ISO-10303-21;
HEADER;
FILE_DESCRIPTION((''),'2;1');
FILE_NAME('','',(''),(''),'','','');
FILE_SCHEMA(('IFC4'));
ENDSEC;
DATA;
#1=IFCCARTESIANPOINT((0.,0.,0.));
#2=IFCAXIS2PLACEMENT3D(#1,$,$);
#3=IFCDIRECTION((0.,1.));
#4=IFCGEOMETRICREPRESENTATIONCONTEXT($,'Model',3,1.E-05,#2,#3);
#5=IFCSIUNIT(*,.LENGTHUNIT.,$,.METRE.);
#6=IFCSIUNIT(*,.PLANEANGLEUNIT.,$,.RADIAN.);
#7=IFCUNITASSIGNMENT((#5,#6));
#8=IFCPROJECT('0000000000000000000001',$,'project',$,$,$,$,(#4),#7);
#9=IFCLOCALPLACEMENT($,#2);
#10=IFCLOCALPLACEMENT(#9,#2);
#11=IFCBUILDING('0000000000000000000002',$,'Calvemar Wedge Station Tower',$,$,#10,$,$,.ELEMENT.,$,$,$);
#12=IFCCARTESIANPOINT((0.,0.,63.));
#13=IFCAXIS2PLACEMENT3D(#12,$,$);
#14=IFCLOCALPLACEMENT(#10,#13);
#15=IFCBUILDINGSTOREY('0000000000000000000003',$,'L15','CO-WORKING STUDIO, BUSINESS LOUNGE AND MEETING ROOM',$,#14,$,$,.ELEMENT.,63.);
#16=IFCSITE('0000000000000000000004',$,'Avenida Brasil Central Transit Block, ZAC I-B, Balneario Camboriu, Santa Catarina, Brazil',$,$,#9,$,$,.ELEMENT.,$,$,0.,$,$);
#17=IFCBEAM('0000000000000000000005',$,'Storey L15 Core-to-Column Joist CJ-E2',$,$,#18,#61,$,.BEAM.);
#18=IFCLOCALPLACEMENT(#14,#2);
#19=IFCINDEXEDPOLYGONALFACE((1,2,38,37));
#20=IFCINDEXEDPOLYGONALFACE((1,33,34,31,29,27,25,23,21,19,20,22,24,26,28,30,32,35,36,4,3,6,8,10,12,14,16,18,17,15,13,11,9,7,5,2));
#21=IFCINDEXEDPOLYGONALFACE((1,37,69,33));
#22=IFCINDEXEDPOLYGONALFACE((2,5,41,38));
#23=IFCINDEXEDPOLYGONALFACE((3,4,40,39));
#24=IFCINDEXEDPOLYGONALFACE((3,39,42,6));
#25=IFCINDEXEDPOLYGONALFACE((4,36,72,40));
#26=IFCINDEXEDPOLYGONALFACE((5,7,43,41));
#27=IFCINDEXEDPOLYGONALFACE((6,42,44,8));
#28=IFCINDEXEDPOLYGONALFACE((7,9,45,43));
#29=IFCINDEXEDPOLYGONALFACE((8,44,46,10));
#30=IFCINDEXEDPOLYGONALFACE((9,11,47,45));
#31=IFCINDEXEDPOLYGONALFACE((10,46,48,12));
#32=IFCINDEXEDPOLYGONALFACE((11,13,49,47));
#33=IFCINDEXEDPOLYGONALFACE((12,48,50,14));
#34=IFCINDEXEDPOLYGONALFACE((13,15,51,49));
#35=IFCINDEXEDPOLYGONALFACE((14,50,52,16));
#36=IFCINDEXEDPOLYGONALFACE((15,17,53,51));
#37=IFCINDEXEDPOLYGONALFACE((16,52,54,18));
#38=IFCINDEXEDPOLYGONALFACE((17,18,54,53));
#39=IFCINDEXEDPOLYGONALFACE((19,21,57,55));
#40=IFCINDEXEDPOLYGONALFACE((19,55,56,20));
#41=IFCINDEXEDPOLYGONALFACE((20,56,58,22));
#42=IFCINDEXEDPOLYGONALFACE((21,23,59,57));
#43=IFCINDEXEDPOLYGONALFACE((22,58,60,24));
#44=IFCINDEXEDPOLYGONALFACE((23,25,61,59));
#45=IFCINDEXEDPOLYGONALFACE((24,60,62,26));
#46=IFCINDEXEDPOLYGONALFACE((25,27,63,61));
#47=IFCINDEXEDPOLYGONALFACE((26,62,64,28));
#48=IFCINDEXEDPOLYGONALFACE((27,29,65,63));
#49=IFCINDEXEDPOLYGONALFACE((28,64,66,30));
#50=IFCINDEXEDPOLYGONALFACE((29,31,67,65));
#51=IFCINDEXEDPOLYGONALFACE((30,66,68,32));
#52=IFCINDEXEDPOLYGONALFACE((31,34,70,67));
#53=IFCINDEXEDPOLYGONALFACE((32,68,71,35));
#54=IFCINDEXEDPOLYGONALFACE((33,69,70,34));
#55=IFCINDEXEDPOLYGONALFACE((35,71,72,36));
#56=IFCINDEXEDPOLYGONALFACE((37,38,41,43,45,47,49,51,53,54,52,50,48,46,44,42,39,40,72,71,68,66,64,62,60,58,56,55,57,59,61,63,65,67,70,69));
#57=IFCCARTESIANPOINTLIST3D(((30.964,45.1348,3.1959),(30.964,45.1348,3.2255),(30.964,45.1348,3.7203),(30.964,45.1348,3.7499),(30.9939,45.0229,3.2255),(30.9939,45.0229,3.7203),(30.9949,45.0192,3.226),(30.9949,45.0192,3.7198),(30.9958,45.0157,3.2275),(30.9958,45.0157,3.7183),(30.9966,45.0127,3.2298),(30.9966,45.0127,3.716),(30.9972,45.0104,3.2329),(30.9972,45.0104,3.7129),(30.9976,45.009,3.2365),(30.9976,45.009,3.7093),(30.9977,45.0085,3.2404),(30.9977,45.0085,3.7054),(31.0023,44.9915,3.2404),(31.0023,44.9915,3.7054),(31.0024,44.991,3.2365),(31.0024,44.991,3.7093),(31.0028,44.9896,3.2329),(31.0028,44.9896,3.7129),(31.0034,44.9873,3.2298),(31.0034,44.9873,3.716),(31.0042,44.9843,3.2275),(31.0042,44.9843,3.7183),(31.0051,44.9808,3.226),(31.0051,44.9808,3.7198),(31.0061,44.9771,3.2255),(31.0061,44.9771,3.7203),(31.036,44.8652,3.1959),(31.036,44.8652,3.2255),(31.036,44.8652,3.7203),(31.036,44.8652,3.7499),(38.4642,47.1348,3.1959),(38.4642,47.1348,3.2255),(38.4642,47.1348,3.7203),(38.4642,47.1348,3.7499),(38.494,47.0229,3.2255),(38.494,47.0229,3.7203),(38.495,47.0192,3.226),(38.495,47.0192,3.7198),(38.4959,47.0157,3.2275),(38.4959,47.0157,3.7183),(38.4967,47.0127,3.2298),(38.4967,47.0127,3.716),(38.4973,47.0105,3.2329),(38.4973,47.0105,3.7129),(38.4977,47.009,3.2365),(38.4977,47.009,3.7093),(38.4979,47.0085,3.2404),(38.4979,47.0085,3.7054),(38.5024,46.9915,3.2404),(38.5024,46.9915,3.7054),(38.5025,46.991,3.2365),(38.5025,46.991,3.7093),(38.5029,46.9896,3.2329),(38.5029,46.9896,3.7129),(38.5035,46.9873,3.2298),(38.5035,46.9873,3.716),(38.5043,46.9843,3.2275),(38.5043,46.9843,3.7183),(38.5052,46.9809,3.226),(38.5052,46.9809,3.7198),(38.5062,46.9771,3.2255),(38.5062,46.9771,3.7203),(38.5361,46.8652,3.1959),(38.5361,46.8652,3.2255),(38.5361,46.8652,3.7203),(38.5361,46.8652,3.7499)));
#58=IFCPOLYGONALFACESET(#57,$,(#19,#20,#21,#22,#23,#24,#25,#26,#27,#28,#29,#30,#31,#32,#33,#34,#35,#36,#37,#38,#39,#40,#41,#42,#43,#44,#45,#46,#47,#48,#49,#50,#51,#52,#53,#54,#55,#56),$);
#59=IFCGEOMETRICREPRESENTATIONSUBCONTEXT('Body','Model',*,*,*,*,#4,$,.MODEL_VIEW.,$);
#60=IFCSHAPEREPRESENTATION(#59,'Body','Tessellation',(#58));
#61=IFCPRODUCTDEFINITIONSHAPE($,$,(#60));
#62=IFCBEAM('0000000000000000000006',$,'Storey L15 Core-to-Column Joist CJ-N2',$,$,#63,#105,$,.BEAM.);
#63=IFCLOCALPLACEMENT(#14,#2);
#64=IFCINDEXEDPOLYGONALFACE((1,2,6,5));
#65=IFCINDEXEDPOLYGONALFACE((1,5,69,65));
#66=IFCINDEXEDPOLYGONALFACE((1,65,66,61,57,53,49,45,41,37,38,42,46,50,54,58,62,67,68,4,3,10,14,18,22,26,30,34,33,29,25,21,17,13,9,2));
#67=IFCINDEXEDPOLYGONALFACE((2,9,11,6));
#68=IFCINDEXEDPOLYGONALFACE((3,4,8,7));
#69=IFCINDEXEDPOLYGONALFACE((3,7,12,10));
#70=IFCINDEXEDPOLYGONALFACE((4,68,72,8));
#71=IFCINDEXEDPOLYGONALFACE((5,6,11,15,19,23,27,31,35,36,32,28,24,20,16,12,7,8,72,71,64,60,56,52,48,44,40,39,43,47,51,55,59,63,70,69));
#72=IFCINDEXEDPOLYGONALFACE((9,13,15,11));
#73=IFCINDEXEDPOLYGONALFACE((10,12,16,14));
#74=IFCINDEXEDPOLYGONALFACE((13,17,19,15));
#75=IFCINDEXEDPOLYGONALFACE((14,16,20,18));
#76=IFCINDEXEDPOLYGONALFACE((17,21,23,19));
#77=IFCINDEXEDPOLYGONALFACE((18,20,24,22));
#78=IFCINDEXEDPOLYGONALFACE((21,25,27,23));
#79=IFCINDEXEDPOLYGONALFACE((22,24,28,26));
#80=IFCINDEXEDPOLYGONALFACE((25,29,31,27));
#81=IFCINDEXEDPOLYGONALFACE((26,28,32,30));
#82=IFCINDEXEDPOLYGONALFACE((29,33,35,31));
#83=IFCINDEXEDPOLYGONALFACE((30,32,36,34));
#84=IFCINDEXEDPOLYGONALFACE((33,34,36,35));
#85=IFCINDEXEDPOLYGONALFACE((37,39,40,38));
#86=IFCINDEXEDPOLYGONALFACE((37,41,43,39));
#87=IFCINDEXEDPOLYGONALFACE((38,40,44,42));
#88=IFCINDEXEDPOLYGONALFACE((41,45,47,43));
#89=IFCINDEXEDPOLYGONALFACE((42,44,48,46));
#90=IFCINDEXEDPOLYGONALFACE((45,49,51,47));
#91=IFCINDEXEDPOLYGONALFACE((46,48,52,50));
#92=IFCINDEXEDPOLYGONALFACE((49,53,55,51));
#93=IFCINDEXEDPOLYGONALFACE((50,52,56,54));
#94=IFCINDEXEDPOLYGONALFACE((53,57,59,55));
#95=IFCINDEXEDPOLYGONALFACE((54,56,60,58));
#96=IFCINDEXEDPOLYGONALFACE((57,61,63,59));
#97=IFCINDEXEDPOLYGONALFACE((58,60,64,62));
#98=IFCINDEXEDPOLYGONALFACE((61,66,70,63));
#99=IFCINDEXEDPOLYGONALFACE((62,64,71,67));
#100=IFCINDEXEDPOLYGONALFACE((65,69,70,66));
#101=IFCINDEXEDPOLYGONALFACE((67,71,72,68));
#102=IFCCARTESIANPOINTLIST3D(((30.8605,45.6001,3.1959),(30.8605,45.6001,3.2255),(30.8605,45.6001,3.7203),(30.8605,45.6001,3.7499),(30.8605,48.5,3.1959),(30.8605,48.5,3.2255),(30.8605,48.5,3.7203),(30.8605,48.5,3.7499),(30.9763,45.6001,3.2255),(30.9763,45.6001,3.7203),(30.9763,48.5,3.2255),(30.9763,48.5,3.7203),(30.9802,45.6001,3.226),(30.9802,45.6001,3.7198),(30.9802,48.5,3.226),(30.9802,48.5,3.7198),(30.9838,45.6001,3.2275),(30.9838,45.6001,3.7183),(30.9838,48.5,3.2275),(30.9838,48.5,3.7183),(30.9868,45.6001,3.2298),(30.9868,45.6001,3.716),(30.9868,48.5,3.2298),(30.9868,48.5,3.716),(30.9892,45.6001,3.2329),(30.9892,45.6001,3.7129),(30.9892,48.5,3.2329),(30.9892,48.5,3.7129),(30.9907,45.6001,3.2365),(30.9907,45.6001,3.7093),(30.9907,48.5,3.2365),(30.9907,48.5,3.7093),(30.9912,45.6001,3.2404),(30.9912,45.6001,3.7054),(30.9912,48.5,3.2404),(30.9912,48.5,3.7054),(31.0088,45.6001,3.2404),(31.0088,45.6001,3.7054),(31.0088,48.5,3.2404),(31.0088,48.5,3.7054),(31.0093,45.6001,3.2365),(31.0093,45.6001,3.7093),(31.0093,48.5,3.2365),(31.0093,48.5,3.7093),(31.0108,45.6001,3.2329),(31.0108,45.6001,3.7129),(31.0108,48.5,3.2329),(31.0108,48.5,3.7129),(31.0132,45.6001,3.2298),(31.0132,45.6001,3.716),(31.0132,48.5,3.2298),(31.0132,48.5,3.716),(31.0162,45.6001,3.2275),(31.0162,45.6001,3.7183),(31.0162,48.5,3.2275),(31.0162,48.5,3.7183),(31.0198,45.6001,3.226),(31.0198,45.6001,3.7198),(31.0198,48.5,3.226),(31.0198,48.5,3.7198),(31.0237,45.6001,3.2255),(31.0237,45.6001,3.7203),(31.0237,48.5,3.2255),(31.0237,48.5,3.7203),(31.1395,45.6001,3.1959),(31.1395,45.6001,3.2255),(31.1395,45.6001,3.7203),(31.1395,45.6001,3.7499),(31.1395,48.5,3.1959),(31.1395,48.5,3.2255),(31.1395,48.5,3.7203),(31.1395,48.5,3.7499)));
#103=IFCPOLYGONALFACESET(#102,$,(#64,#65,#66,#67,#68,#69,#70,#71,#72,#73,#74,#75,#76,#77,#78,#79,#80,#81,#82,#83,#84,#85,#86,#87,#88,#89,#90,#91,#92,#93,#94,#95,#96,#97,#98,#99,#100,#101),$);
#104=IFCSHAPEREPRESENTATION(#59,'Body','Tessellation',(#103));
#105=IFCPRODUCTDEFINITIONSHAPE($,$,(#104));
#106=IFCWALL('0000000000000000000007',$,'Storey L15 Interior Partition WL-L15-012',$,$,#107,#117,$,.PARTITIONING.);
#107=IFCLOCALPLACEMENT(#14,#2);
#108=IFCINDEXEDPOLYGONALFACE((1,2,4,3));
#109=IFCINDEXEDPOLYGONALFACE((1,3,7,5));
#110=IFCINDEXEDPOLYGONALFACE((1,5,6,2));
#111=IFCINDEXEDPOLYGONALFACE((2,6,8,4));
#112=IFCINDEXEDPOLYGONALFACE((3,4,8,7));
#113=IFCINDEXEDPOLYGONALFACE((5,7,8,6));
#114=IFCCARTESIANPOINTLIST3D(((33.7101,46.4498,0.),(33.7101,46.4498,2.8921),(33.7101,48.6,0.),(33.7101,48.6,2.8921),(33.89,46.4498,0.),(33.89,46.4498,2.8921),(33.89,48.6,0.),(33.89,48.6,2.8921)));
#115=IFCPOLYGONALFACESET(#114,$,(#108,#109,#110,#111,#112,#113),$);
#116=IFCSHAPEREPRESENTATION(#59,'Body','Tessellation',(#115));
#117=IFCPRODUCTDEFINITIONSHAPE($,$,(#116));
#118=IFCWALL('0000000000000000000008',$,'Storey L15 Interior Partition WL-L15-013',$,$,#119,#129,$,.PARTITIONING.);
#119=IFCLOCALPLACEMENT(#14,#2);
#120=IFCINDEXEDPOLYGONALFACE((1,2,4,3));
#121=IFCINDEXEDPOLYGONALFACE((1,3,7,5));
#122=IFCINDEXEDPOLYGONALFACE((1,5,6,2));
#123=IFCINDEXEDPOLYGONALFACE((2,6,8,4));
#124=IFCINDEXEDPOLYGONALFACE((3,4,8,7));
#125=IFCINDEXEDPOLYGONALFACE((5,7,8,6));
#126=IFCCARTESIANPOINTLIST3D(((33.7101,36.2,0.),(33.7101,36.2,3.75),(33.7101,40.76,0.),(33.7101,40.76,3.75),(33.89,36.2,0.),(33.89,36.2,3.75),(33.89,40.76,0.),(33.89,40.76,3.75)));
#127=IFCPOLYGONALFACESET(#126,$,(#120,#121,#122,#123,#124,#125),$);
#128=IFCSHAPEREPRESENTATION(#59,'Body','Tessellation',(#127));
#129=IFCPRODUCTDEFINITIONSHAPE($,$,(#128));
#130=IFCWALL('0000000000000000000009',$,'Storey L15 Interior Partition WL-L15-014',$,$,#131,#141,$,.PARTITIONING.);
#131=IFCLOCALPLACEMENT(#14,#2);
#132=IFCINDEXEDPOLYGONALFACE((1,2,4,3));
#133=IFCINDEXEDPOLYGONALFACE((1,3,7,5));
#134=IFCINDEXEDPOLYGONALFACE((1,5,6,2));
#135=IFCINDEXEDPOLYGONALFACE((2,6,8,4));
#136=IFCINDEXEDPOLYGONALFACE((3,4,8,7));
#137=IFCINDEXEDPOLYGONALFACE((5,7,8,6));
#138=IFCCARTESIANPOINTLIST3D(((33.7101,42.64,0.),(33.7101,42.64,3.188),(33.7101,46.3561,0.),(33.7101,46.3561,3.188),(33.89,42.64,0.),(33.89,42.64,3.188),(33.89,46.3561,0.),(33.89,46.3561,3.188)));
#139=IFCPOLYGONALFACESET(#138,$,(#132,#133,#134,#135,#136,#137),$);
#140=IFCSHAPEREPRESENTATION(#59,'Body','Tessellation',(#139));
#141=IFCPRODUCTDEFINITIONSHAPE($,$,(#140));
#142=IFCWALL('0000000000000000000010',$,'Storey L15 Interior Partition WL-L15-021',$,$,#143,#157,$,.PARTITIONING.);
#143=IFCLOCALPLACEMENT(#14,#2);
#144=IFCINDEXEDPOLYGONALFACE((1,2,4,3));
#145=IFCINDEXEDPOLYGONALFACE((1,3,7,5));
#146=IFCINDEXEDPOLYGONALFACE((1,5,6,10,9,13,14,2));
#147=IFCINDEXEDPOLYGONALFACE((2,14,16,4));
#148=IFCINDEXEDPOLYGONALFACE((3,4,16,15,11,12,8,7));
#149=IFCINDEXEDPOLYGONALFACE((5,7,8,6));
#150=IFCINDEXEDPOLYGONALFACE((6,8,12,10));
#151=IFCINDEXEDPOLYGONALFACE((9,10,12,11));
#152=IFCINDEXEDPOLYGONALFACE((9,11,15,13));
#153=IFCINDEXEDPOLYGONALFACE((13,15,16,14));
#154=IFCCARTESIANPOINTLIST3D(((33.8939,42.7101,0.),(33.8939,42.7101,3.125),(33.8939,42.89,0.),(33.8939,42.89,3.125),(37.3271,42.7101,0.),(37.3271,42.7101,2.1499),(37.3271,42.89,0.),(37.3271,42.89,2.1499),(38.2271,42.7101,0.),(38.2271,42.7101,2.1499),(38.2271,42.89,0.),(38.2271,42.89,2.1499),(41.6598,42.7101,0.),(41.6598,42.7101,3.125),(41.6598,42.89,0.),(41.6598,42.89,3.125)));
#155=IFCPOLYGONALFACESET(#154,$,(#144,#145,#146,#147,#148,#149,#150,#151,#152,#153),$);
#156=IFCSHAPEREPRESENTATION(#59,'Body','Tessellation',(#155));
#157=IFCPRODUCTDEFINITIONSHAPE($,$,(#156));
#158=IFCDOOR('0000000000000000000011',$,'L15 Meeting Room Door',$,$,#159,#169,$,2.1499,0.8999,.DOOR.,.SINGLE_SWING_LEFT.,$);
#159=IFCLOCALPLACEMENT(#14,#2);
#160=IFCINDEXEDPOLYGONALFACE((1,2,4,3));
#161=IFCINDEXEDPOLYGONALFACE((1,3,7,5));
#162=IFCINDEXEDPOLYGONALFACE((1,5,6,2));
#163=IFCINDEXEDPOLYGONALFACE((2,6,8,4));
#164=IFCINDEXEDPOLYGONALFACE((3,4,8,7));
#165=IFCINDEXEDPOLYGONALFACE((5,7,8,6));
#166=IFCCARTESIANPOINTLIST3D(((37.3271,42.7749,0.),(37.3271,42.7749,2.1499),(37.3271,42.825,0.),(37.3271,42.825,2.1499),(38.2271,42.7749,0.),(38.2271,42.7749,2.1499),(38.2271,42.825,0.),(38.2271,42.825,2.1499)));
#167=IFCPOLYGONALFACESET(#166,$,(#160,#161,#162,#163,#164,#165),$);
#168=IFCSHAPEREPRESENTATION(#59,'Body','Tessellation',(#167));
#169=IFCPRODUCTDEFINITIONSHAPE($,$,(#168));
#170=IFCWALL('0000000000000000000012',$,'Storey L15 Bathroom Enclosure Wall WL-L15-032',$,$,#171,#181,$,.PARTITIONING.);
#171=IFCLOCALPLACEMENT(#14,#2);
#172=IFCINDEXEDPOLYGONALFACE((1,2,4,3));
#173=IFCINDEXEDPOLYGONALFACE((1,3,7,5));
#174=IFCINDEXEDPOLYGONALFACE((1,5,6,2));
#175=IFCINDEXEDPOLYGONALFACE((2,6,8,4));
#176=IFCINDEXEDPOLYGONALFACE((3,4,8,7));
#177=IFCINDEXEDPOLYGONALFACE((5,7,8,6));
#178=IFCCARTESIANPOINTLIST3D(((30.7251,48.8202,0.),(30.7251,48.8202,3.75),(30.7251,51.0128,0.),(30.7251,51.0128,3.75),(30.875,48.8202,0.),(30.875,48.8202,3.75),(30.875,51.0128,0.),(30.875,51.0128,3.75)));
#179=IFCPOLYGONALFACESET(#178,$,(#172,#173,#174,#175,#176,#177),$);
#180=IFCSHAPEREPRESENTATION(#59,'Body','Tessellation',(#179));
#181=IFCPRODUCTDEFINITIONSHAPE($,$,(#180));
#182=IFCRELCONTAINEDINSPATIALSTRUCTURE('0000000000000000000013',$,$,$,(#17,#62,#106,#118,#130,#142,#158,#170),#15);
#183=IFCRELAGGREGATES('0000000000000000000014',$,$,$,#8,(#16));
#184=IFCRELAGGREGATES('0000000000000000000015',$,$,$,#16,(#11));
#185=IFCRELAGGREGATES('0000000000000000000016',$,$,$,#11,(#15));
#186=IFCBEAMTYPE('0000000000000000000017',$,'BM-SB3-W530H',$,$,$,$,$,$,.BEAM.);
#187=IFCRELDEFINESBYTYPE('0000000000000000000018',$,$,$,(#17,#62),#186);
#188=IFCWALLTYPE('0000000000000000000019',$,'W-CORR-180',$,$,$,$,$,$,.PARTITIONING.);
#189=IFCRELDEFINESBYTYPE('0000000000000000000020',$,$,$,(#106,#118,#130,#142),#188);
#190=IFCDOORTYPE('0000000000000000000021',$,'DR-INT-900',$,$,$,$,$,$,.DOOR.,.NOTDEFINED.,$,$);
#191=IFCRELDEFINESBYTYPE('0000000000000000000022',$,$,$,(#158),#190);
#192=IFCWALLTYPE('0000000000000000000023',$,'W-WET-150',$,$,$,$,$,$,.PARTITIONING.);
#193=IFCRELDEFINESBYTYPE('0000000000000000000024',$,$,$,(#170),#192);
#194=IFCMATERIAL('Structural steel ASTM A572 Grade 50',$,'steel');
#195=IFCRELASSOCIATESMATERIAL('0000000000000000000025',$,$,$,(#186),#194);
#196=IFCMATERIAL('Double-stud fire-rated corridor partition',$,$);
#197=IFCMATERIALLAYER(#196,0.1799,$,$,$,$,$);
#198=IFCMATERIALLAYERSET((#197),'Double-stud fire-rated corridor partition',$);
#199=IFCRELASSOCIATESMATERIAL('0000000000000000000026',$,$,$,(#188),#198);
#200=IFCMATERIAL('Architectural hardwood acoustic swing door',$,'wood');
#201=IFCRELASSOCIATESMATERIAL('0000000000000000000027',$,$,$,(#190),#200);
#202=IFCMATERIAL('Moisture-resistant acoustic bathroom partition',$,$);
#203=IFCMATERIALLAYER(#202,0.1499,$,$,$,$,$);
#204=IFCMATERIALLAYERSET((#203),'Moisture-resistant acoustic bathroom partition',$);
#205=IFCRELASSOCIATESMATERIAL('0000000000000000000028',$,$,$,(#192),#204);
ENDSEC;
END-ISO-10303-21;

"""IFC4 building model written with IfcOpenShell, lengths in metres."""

from ifc_helpers import new_model, si_unit, direction, frame, frame_2d, origin, origin_2d, place, context, subcontext, project, spatial, rectangle, i_section, extrude, source, transform, mapped, material, layer, layer_set, material_profile, profile_set, type_object, element, fill, save


model = new_model("IFC4")

# Units and contexts
model_context = context("Model", 3, precision=1e-05, world=origin(), true_north=direction((0.0, 1.0)))
body_context = subcontext(model_context, "Body", "Model", "MODEL_VIEW")
ifc_project = project(units=[si_unit("LENGTHUNIT", "METRE"), si_unit("PLANEANGLEUNIT", "RADIAN")], contexts=[model_context])

# Site, building, storey
site_placement = place(None, origin())
site = spatial("IfcSite", under=ifc_project, at=site_placement, Name="Avenida Brasil Central Transit Block, ZAC I-B, Balneario Camboriu, Santa Catarina, Brazil", CompositionType="ELEMENT", RefElevation=0.0)
building_placement = place(site_placement, origin())
building = spatial("IfcBuilding", under=site, at=building_placement, Name="Calvemar Wedge Station Tower", CompositionType="ELEMENT")
storey_placement = place(building_placement, frame((0.0, 0.0, 63.0)))
storey = spatial("IfcBuildingStorey", under=building, at=storey_placement, Name="L15", Description="CO-WORKING STUDIO, BUSINESS LOUNGE AND MEETING ROOM", CompositionType="ELEMENT", Elevation=63.0)

# Beams
ifc_material_1 = material(Name="Structural steel ASTM A572 Grade 50", Category="steel")
ifc_material_profile_1 = material_profile(ifc_material_1, i_section(OverallWidth=0.2791, OverallDepth=0.554, WebThickness=0.0176, FlangeThickness=0.0295, FilletRadius=0.0149, at=origin_2d()), Name="W530x196")
ifc_profile_set_1 = profile_set([ifc_material_profile_1], Name="Structural steel ASTM A572 Grade 50")
beam_type_1 = type_object("IfcBeamType", Name="BM-SB3-W530H", PredefinedType="BEAM", material=ifc_profile_set_1)
shared_shape_1 = source(origin(), body_context, "Body", "SweptSolid", [
    extrude(i_section(OverallWidth=0.2791, OverallDepth=0.554, WebThickness=0.0176, FlangeThickness=0.0295, FilletRadius=0.0149, at=origin_2d()), origin(), (0.0, 0.0, 1.0), 7.7622),
])
beam_1_placement = place(storey_placement, frame((31.0, 45.0, 3.4729), z_axis=(0.966235, 0.257663, 0.0), x_axis=(-0.257663, 0.966235, 0.0)))
element("IfcBeam", 1, at=beam_1_placement, inside=storey, type_object=beam_type_1, Name="Storey L15 Core-to-Column Joist CJ-E2", PredefinedType="BEAM", context=body_context, shape_type="MappedRepresentation", body=[
    mapped(shared_shape_1, transform((0.0, 0.0, 0.0), scale=1.0)),
])
shared_shape_2 = source(origin(), body_context, "Body", "SweptSolid", [
    extrude(i_section(OverallWidth=0.2791, OverallDepth=0.554, WebThickness=0.0176, FlangeThickness=0.0295, FilletRadius=0.0149, at=origin_2d()), origin(), (0.0, 0.0, 1.0), 2.8999),
])
beam_2_placement = place(storey_placement, frame((31.0, 45.6001, 3.4729), z_axis=(0.0, 1.0, 0.0), x_axis=(-1.0, 0.0, 0.0)))
element("IfcBeam", 2, at=beam_2_placement, inside=storey, type_object=beam_type_1, Name="Storey L15 Core-to-Column Joist CJ-N2", PredefinedType="BEAM", context=body_context, shape_type="MappedRepresentation", body=[
    mapped(shared_shape_2, transform((0.0, 0.0, 0.0), scale=1.0)),
])

# Walls
ifc_material_2 = material(Name="Double-stud fire-rated corridor partition")
ifc_layer_1 = layer(ifc_material_2, 0.1799)
ifc_layer_set_1 = layer_set([ifc_layer_1], Name="Double-stud fire-rated corridor partition")
wall_type_1 = type_object("IfcWallType", Name="W-CORR-180", PredefinedType="PARTITIONING", material=ifc_layer_set_1)
wall_1_placement = place(storey_placement, frame((33.8, 48.6001, 0.0), z_axis=(0.0, 0.0, 1.0), x_axis=(0.0, -1.0, 0.0)))
element("IfcWall", 3, at=wall_1_placement, inside=storey, type_object=wall_type_1, Name="Storey L15 Interior Partition WL-L15-012", PredefinedType="PARTITIONING", context=body_context, shape_type="SweptSolid", body=[
    extrude(rectangle(XDim=2.1501, YDim=0.1799, at=frame_2d((1.0752, 0.0))), origin(), (0.0, 0.0, 1.0), 2.8921),
])
wall_2_placement = place(storey_placement, frame((33.8, 40.76, 0.0), z_axis=(0.0, 0.0, 1.0), x_axis=(0.0, -1.0, 0.0)))
element("IfcWall", 4, at=wall_2_placement, inside=storey, type_object=wall_type_1, Name="Storey L15 Interior Partition WL-L15-013", PredefinedType="PARTITIONING", context=body_context, shape_type="SweptSolid", body=[
    extrude(rectangle(XDim=4.5601, YDim=0.1799, at=frame_2d((2.28, 0.0))), origin(), (0.0, 0.0, 1.0), 3.75),
])
wall_3_placement = place(storey_placement, frame((33.8, 46.356, 0.0), z_axis=(0.0, 0.0, 1.0), x_axis=(0.0, -1.0, 0.0)))
element("IfcWall", 5, at=wall_3_placement, inside=storey, type_object=wall_type_1, Name="Storey L15 Interior Partition WL-L15-014", PredefinedType="PARTITIONING", context=body_context, shape_type="SweptSolid", body=[
    extrude(rectangle(XDim=3.7161, YDim=0.1799, at=frame_2d((1.8579, 0.0))), origin(), (0.0, 0.0, 1.0), 3.188),
])

# Wall, opening, door
wall_4_placement = place(storey_placement, frame((33.894, 42.8, 0.0), z_axis=(0.0, 0.0, 1.0), x_axis=(1.0, 0.0, 0.0)))
wall_4 = element("IfcWall", 6, at=wall_4_placement, inside=storey, type_object=wall_type_1, Name="Storey L15 Interior Partition WL-L15-021", PredefinedType="PARTITIONING", context=body_context, shape_type="SweptSolid", body=[
    extrude(rectangle(XDim=7.7659, YDim=0.1799, at=frame_2d((3.8828, 0.0))), origin(), (0.0, 0.0, 1.0), 3.125),
])
shared_shape_3 = source(origin(), body_context, "Body", "SweptSolid", [
    extrude(rectangle(XDim=0.8999, YDim=2.1499, at=frame_2d((0.45, 1.075))), frame((0.0, 0.1001, 0.0), z_axis=(0.0, -1.0, 0.0), x_axis=(1.0, 0.0, 0.0)), (0.0, 0.0, 1.0), 0.2),
])
opening_1_placement = place(wall_4_placement, frame((3.4331, 0.0, 0.0)))
opening_1 = element("IfcOpeningElement", 7, at=opening_1_placement, cuts=wall_4, PredefinedType="OPENING", context=body_context, shape_type="MappedRepresentation", body=[
    mapped(shared_shape_3, transform((0.0, 0.0, 0.0), scale=1.0)),
])
ifc_material_3 = material(Name="Architectural hardwood acoustic swing door", Category="wood")
door_type_1 = type_object("IfcDoorType", Name="DR-INT-900", OperationType="NOTDEFINED", PredefinedType="DOOR", material=ifc_material_3)
shared_shape_4 = source(origin(), body_context, "Body", "SweptSolid", [
    extrude(rectangle(XDim=0.8999, YDim=2.1499, at=frame_2d((0.45, 1.075))), frame((0.0, 0.0249, 0.0), z_axis=(0.0, -1.0, 0.0), x_axis=(1.0, 0.0, 0.0)), (0.0, 0.0, 1.0), 0.05),
])
door_1_placement = place(opening_1_placement, origin())
door_1 = element("IfcDoor", 8, at=door_1_placement, inside=storey, type_object=door_type_1, Name="L15 Meeting Room Door", OperationType="SINGLE_SWING_LEFT", OverallHeight=2.1499, OverallWidth=0.8999, PredefinedType="DOOR", context=body_context, shape_type="MappedRepresentation", body=[
    mapped(shared_shape_4, transform((0.0, 0.0, 0.0), scale=1.0)),
])
fill(opening_1, door_1)

# Wall
ifc_material_4 = material(Name="Moisture-resistant acoustic bathroom partition")
ifc_layer_2 = layer(ifc_material_4, 0.1499)
ifc_layer_set_2 = layer_set([ifc_layer_2], Name="Moisture-resistant acoustic bathroom partition")
wall_type_2 = type_object("IfcWallType", Name="W-WET-150", PredefinedType="PARTITIONING", material=ifc_layer_set_2)
wall_5_placement = place(storey_placement, frame((30.8, 51.0127, 0.0), z_axis=(0.0, 0.0, 1.0), x_axis=(0.0, -1.0, 0.0)))
element("IfcWall", 9, at=wall_5_placement, inside=storey, type_object=wall_type_2, Name="Storey L15 Bathroom Enclosure Wall WL-L15-032", PredefinedType="PARTITIONING", context=body_context, shape_type="SweptSolid", body=[
    extrude(rectangle(XDim=2.1926, YDim=0.1499, at=frame_2d((1.0962, 0.0))), origin(), (0.0, 0.0, 1.0), 3.75),
])

save(model, "model.ifc")
